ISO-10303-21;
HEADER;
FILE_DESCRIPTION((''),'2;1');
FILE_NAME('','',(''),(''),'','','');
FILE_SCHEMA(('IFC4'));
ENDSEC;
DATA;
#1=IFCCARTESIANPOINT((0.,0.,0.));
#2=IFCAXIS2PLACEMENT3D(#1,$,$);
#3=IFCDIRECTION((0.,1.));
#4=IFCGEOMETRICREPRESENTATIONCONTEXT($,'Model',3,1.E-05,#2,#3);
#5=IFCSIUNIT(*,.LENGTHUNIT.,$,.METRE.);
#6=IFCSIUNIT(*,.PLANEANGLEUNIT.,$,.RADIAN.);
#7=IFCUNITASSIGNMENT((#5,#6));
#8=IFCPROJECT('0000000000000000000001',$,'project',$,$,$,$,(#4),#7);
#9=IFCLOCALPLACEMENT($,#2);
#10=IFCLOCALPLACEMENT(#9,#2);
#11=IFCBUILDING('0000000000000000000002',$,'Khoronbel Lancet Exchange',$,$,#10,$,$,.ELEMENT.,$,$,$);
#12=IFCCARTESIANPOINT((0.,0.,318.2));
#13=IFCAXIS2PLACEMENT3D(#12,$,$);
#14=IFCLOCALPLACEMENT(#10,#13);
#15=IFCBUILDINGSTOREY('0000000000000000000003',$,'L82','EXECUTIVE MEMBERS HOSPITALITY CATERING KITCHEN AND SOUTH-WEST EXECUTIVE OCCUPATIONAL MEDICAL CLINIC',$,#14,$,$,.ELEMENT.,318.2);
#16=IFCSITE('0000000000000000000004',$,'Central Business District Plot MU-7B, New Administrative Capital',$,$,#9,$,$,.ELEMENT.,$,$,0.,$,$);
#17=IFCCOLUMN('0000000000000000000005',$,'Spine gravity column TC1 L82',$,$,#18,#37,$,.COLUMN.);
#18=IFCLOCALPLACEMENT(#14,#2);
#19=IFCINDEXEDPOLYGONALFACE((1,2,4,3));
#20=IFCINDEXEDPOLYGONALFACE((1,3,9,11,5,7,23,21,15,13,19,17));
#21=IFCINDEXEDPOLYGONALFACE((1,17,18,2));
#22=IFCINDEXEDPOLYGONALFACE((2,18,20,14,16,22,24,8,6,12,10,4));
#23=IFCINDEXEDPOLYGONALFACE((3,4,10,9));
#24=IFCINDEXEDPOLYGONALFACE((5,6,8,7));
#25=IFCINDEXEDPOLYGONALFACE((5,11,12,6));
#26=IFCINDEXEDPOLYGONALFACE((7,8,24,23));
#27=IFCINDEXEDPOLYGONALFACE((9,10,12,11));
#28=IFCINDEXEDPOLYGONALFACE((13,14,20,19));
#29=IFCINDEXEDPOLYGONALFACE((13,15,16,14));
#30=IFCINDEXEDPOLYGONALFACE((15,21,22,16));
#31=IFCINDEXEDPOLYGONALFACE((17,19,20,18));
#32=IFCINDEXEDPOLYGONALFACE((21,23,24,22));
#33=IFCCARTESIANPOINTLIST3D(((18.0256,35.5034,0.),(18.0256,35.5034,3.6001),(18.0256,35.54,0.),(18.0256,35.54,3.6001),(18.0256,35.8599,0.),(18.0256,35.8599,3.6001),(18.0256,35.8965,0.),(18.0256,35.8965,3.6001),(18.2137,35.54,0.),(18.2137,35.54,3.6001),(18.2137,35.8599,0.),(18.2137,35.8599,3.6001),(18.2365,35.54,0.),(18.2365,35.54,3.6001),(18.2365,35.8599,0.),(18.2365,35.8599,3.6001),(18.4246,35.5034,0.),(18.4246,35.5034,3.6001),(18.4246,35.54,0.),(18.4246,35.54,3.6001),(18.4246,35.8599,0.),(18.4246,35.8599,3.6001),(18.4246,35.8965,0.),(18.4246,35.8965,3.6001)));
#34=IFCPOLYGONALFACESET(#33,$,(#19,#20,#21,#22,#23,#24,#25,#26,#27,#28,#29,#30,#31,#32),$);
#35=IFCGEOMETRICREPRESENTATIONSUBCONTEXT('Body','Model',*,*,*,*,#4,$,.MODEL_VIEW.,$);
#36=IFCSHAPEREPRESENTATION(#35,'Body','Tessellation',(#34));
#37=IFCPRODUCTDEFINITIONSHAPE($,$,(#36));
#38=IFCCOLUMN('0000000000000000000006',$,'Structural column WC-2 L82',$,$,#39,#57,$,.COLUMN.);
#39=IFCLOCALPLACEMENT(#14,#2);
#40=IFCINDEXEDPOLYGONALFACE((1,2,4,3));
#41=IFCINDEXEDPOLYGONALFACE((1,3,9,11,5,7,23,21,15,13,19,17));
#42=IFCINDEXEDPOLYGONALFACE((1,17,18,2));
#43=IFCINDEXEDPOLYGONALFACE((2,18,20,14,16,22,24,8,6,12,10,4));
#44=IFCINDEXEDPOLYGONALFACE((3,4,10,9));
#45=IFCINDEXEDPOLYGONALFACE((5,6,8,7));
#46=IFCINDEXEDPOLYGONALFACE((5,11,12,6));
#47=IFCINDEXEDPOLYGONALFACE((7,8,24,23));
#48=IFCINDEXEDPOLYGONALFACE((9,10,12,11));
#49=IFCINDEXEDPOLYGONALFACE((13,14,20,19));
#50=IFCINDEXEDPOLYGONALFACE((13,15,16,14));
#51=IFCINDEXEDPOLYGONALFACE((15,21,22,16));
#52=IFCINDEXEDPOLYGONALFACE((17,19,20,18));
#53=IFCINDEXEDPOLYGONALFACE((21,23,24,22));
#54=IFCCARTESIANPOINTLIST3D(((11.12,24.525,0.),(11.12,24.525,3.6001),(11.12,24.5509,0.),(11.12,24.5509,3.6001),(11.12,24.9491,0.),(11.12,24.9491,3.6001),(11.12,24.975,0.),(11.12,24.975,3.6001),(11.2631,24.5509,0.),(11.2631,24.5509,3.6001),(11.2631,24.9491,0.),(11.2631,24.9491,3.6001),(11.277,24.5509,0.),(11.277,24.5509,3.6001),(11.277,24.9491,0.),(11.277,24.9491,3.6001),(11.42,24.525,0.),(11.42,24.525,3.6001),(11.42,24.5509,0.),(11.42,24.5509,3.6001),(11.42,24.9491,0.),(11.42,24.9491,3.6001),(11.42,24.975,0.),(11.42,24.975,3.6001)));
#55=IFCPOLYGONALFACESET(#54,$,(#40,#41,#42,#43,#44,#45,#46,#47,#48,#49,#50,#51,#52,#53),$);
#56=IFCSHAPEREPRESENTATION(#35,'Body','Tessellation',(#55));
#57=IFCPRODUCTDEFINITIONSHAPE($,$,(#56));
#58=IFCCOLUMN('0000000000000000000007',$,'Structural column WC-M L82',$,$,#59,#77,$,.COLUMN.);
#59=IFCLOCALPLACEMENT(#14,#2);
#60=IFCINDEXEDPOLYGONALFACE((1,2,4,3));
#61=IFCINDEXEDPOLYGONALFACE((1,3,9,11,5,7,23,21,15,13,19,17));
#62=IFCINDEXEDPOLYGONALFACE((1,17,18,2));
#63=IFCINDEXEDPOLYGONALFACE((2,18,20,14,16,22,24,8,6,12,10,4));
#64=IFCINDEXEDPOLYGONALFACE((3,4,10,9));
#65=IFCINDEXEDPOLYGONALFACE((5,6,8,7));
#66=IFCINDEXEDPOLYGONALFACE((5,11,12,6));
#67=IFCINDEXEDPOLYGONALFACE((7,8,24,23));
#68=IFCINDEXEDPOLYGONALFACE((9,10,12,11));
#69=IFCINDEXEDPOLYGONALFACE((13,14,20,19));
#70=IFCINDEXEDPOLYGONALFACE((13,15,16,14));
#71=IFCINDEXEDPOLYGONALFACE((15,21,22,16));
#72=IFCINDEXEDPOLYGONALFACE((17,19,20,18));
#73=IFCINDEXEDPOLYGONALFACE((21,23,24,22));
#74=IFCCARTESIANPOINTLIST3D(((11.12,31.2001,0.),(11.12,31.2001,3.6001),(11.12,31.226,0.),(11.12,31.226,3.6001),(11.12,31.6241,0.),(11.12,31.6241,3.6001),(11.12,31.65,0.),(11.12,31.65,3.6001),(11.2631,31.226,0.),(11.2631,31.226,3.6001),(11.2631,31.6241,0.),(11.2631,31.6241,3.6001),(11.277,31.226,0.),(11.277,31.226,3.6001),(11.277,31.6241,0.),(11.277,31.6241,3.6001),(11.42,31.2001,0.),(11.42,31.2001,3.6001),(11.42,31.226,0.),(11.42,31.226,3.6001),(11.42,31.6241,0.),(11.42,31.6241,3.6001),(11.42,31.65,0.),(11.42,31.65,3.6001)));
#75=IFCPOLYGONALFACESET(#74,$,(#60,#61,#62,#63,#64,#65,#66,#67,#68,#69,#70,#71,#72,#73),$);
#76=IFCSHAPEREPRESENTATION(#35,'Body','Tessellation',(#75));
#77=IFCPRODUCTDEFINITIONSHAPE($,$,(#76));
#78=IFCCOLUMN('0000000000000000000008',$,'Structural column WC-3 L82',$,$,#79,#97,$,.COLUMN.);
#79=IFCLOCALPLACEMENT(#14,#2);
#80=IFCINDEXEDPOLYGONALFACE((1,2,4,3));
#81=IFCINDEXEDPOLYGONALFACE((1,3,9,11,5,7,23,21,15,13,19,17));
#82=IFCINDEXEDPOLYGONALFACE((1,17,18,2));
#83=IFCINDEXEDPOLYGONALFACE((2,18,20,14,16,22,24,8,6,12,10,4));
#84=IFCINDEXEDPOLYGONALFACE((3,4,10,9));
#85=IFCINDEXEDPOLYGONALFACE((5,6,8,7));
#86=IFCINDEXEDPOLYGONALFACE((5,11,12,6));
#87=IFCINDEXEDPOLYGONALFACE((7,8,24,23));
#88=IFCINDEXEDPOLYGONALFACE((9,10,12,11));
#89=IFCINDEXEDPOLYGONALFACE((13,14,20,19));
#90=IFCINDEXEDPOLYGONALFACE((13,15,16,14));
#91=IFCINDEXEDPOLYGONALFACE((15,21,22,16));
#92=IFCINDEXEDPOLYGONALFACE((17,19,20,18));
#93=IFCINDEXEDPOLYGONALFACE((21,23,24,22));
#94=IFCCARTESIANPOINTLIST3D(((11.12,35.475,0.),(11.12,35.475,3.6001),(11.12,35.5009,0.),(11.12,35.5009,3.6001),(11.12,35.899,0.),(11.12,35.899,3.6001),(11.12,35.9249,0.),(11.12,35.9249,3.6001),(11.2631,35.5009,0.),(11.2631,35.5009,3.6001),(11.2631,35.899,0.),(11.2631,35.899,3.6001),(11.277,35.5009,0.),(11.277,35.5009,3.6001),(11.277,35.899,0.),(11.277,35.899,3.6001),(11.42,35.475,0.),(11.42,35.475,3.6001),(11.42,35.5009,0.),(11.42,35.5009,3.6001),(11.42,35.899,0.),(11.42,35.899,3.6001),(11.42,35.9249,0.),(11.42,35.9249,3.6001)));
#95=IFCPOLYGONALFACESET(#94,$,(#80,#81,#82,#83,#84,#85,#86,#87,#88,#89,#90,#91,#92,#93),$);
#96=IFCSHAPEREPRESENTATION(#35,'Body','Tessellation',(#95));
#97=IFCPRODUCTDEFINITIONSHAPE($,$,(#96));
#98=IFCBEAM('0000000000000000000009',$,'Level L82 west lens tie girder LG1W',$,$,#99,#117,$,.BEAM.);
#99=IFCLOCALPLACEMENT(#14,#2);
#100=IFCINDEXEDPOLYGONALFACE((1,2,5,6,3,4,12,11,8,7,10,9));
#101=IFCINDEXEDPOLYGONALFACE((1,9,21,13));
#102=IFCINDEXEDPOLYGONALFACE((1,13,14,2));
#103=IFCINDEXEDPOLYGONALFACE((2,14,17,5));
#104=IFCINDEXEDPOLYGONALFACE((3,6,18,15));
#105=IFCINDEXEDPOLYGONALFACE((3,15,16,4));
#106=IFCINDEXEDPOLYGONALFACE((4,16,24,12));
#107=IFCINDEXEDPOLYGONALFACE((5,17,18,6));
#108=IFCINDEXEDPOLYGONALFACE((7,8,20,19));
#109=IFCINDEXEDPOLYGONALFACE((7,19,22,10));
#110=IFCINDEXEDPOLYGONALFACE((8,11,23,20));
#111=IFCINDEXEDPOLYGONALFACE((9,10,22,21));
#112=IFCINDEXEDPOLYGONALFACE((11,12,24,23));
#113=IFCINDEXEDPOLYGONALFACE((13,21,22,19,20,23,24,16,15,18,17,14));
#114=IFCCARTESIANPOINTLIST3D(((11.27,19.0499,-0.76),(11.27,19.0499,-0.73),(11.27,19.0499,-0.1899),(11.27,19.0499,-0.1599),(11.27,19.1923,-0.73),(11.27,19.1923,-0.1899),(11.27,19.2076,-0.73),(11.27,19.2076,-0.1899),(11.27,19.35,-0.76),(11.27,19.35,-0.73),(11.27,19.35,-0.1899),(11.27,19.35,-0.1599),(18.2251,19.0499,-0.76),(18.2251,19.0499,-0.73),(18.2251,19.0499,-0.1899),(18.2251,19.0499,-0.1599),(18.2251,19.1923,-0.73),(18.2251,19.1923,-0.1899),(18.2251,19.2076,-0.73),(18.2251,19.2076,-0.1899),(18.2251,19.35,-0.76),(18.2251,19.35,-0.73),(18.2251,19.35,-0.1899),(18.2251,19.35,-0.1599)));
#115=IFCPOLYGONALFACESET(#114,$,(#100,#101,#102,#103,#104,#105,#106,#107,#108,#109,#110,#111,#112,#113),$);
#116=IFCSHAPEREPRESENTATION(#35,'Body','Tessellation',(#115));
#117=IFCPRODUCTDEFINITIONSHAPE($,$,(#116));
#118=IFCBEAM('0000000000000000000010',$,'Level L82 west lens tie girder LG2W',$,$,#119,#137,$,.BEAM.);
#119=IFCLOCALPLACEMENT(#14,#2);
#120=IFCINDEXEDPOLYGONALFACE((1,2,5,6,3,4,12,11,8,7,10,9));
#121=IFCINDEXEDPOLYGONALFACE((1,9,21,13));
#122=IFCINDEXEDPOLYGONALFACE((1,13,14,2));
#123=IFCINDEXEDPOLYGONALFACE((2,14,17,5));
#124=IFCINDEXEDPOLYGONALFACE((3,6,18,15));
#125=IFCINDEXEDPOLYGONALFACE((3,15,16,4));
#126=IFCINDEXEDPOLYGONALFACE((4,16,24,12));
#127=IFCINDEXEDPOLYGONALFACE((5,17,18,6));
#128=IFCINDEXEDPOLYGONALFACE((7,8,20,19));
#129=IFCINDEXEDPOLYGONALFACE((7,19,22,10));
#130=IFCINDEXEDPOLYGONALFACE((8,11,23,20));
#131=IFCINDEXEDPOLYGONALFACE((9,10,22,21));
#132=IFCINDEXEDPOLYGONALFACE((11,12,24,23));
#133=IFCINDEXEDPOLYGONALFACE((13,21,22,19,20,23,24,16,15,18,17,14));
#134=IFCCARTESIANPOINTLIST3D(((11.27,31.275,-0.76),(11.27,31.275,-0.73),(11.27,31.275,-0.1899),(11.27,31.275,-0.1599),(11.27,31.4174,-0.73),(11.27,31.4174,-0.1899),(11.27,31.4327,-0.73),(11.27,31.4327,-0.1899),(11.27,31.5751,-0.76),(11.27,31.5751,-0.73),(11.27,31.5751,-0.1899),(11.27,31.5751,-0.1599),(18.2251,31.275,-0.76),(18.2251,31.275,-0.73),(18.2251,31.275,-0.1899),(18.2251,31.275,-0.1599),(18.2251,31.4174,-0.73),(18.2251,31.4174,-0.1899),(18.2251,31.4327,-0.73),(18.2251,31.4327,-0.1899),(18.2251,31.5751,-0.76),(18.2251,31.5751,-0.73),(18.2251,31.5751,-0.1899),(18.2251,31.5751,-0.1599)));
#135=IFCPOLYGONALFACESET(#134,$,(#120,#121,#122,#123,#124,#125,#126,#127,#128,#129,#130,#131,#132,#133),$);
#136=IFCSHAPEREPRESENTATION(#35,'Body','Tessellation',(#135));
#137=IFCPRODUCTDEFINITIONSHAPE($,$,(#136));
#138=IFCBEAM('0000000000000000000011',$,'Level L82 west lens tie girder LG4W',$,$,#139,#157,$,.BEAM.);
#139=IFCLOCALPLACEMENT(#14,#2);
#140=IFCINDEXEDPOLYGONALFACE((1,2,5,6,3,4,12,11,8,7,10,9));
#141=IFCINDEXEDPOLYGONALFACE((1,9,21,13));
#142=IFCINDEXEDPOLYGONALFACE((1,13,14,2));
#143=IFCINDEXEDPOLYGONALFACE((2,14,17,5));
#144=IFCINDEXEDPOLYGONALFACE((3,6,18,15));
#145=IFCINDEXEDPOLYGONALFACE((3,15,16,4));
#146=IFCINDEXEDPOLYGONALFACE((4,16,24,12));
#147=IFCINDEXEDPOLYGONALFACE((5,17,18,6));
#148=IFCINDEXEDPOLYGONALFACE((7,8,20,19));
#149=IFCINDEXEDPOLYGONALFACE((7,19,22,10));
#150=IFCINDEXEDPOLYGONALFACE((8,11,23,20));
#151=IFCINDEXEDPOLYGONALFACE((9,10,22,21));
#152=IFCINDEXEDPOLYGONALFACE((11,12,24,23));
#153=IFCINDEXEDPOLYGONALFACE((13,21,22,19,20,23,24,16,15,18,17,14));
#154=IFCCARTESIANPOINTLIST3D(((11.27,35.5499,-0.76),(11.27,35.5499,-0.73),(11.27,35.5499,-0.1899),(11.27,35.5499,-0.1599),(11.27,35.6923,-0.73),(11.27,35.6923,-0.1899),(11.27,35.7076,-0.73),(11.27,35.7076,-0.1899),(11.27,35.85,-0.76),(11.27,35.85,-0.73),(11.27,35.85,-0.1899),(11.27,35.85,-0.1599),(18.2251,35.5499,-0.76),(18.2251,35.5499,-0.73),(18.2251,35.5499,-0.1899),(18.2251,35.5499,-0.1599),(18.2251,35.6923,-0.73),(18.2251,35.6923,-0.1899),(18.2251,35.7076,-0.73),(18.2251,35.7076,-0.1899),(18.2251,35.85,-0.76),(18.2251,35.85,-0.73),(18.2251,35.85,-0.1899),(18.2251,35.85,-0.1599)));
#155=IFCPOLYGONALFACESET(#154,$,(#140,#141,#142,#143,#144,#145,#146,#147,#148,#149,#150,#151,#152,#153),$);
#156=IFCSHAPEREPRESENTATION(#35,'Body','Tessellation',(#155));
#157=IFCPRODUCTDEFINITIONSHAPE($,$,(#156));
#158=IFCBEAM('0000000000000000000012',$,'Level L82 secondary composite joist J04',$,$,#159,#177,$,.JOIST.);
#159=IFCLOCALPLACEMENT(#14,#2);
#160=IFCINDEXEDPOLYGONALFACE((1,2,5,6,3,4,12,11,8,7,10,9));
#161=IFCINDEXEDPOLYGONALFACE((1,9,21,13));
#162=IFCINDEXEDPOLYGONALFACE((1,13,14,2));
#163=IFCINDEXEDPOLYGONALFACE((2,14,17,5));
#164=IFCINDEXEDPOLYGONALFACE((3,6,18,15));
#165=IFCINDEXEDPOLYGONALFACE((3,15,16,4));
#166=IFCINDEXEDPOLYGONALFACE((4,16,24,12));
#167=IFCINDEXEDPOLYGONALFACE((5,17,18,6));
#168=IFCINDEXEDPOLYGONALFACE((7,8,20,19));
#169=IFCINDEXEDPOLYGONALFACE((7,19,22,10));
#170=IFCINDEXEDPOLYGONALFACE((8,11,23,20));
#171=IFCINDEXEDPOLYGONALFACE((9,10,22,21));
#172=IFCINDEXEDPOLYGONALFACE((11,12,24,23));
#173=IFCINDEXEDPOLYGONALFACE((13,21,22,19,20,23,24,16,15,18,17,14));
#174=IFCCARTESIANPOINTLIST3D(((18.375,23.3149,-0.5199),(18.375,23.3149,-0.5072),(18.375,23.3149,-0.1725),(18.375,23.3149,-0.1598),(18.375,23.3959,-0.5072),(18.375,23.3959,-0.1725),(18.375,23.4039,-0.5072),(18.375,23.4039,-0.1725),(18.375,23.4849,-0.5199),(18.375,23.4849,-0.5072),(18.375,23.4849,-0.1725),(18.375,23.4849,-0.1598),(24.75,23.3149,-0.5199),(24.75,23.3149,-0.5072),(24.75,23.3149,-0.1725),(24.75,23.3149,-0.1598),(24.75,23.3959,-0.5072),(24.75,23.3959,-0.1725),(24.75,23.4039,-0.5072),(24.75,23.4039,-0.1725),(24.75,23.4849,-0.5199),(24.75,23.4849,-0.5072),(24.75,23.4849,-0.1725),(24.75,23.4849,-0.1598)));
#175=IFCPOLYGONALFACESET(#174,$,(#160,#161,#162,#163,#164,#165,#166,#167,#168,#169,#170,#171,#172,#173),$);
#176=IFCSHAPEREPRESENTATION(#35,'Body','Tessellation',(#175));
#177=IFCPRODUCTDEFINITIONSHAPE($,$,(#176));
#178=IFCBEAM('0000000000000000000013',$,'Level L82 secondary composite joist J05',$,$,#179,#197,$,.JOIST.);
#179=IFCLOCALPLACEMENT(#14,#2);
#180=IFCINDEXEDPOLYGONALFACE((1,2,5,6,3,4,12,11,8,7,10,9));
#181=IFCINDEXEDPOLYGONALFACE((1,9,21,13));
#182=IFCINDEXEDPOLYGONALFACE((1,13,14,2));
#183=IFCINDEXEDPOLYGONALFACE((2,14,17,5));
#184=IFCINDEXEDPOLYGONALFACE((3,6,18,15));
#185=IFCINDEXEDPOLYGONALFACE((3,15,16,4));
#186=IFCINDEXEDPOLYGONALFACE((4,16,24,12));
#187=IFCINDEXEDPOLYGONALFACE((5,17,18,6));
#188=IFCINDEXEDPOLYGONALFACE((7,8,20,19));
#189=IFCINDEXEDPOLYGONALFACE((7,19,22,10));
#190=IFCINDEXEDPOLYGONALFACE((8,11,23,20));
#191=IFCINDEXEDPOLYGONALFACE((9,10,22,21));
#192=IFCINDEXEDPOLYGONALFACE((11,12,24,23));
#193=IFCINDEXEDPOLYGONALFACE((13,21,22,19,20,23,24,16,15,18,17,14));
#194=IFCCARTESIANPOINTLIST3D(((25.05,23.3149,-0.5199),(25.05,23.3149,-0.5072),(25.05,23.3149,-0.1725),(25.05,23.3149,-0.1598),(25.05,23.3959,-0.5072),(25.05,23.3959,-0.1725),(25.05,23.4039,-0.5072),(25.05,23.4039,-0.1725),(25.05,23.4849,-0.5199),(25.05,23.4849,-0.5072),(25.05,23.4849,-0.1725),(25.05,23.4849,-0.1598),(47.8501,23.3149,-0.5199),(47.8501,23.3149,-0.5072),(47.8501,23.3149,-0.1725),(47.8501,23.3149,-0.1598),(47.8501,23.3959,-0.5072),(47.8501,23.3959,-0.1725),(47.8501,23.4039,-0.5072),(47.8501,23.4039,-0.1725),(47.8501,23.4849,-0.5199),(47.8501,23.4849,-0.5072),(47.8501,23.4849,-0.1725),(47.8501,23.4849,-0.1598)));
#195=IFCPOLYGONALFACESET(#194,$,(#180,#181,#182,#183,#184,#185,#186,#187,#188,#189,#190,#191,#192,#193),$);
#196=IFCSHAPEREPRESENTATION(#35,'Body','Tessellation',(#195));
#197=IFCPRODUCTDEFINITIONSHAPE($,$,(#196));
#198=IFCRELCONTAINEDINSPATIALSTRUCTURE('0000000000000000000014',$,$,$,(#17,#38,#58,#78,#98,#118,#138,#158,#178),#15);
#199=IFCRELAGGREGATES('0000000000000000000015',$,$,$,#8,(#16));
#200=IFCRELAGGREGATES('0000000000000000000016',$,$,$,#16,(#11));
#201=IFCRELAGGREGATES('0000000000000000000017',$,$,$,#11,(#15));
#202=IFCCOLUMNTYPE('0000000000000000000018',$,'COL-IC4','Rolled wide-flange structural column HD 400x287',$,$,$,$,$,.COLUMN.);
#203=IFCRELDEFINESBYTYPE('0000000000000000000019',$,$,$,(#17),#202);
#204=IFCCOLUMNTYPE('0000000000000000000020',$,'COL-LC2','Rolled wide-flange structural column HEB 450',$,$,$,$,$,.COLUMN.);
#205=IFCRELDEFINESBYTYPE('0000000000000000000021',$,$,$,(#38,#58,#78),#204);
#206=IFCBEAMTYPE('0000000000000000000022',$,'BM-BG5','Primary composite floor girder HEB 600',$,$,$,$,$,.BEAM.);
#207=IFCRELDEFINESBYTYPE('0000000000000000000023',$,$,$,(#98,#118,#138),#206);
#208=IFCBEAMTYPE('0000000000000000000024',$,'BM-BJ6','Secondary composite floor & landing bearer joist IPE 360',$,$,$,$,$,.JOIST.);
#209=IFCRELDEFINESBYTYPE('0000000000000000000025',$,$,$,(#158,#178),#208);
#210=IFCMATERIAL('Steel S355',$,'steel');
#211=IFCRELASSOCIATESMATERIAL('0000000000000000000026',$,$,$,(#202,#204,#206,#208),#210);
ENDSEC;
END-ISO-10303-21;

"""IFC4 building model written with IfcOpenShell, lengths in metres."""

from ifc_helpers import new_model, si_unit, direction, frame, origin, origin_2d, place, context, subcontext, project, spatial, i_section, extrude, material, material_profile, profile_set, type_object, element, save


model = new_model("IFC4")

# Units and contexts
model_context = context("Model", 3, precision=1e-05, world=origin(), true_north=direction((0.0, 1.0)))
body_context = subcontext(model_context, "Body", "Model", "MODEL_VIEW")
ifc_project = project(units=[si_unit("LENGTHUNIT", "METRE"), si_unit("PLANEANGLEUNIT", "RADIAN")], contexts=[model_context])

# Site, building, storey
site_placement = place(None, origin())
site = spatial("IfcSite", under=ifc_project, at=site_placement, Name="Central Business District Plot MU-7B, New Administrative Capital", CompositionType="ELEMENT", RefElevation=0.0)
building_placement = place(site_placement, origin())
building = spatial("IfcBuilding", under=site, at=building_placement, Name="Khoronbel Lancet Exchange", CompositionType="ELEMENT")
storey_placement = place(building_placement, frame((0.0, 0.0, 318.2)))
storey = spatial("IfcBuildingStorey", under=building, at=storey_placement, Name="L82", Description="EXECUTIVE MEMBERS HOSPITALITY CATERING KITCHEN AND SOUTH-WEST EXECUTIVE OCCUPATIONAL MEDICAL CLINIC", CompositionType="ELEMENT", Elevation=318.2)

# Columns
ifc_material_1 = material(Name="Steel S355", Category="steel")
ifc_material_profile_1 = material_profile(ifc_material_1, i_section(OverallWidth=0.3989, OverallDepth=0.3931, WebThickness=0.0227, FlangeThickness=0.0366, at=origin_2d()), Name="HD 400x287")
ifc_profile_set_1 = profile_set([ifc_material_profile_1], Name="Steel S355")
column_type_1 = type_object("IfcColumnType", Name="COL-IC4", Description="Rolled wide-flange structural column HD 400x287", PredefinedType="COLUMN", material=ifc_profile_set_1)
column_placement = place(storey_placement, frame((18.2251, 35.7, 0.0), z_axis=(0.0, 0.0, 1.0), x_axis=(1.0, 0.0, 0.0)))
element("IfcColumn", 1, at=column_placement, inside=storey, type_object=column_type_1, Name="Spine gravity column TC1 L82", PredefinedType="COLUMN", context=body_context, shape_type="SweptSolid", body=[
    extrude(i_section(OverallWidth=0.3989, OverallDepth=0.3931, WebThickness=0.0227, FlangeThickness=0.0366, at=origin_2d()), origin(), (0.0, 0.0, 1.0), 3.6001),
])
ifc_material_profile_2 = material_profile(ifc_material_1, i_section(OverallWidth=0.3, OverallDepth=0.45, WebThickness=0.0139, FlangeThickness=0.0259, at=origin_2d()), Name="HEB 450")
ifc_profile_set_2 = profile_set([ifc_material_profile_2], Name="Steel S355")
column_type_2 = type_object("IfcColumnType", Name="COL-LC2", Description="Rolled wide-flange structural column HEB 450", PredefinedType="COLUMN", material=ifc_profile_set_2)
for number, where, z_axis, x_axis, name in (
    (2, (11.27, 24.75, 0.0), (0.0, 0.0, 1.0), (1.0, 0.0, 0.0), "Structural column WC-2 L82"),
    (3, (11.27, 31.425, 0.0), (0.0, 0.0, 1.0), (1.0, 0.0, 0.0), "Structural column WC-M L82"),
    (4, (11.27, 35.7, 0.0), (0.0, 0.0, 1.0), (1.0, 0.0, 0.0), "Structural column WC-3 L82"),
):
    element("IfcColumn", number, at=place(storey_placement, frame(where, z_axis=z_axis, x_axis=x_axis)), inside=storey, type_object=column_type_2, Name=name, PredefinedType="COLUMN", context=body_context, shape_type="SweptSolid", body=[
        extrude(i_section(OverallWidth=0.3, OverallDepth=0.45, WebThickness=0.0139, FlangeThickness=0.0259, at=origin_2d()), origin(), (0.0, 0.0, 1.0), 3.6001),
    ])

# Beams
ifc_material_profile_3 = material_profile(ifc_material_1, i_section(OverallWidth=0.3, OverallDepth=0.6001, WebThickness=0.0154, FlangeThickness=0.03, at=origin_2d()), Name="HEB 600")
ifc_profile_set_3 = profile_set([ifc_material_profile_3], Name="Steel S355")
beam_type_1 = type_object("IfcBeamType", Name="BM-BG5", Description="Primary composite floor girder HEB 600", PredefinedType="BEAM", material=ifc_profile_set_3)
for number, where, z_axis, x_axis, name in (
    (5, (11.27, 19.2, -0.46), (1.0, 0.0, 0.0), (0.0, 1.0, 0.0), "Level L82 west lens tie girder LG1W"),
    (6, (11.27, 31.425, -0.46), (1.0, 0.0, 0.0), (0.0, 1.0, 0.0), "Level L82 west lens tie girder LG2W"),
    (7, (11.27, 35.7, -0.46), (1.0, 0.0, 0.0), (0.0, 1.0, 0.0), "Level L82 west lens tie girder LG4W"),
):
    element("IfcBeam", number, at=place(storey_placement, frame(where, z_axis=z_axis, x_axis=x_axis)), inside=storey, type_object=beam_type_1, Name=name, PredefinedType="BEAM", context=body_context, shape_type="SweptSolid", body=[
        extrude(i_section(OverallWidth=0.3, OverallDepth=0.6001, WebThickness=0.0154, FlangeThickness=0.03, at=origin_2d()), origin(), (0.0, 0.0, 1.0), 6.9551),
    ])
ifc_material_profile_4 = material_profile(ifc_material_1, i_section(OverallWidth=0.1699, OverallDepth=0.3601, WebThickness=0.0081, FlangeThickness=0.0127, at=origin_2d()), Name="IPE 360")
ifc_profile_set_4 = profile_set([ifc_material_profile_4], Name="Steel S355")
beam_type_2 = type_object("IfcBeamType", Name="BM-BJ6", Description="Secondary composite floor & landing bearer joist IPE 360", PredefinedType="JOIST", material=ifc_profile_set_4)
beam_1_placement = place(storey_placement, frame((18.375, 23.3999, -0.3398), z_axis=(1.0, 0.0, 0.0), x_axis=(0.0, 1.0, 0.0)))
element("IfcBeam", 8, at=beam_1_placement, inside=storey, type_object=beam_type_2, Name="Level L82 secondary composite joist J04", PredefinedType="JOIST", context=body_context, shape_type="SweptSolid", body=[
    extrude(i_section(OverallWidth=0.1699, OverallDepth=0.3601, WebThickness=0.0081, FlangeThickness=0.0127, at=origin_2d()), origin(), (0.0, 0.0, 1.0), 6.375),
])
beam_2_placement = place(storey_placement, frame((25.05, 23.3999, -0.3398), z_axis=(1.0, 0.0, 0.0), x_axis=(0.0, 1.0, 0.0)))
element("IfcBeam", 9, at=beam_2_placement, inside=storey, type_object=beam_type_2, Name="Level L82 secondary composite joist J05", PredefinedType="JOIST", context=body_context, shape_type="SweptSolid", body=[
    extrude(i_section(OverallWidth=0.1699, OverallDepth=0.3601, WebThickness=0.0081, FlangeThickness=0.0127, at=origin_2d()), origin(), (0.0, 0.0, 1.0), 22.8),
])

save(model, "model.ifc")
